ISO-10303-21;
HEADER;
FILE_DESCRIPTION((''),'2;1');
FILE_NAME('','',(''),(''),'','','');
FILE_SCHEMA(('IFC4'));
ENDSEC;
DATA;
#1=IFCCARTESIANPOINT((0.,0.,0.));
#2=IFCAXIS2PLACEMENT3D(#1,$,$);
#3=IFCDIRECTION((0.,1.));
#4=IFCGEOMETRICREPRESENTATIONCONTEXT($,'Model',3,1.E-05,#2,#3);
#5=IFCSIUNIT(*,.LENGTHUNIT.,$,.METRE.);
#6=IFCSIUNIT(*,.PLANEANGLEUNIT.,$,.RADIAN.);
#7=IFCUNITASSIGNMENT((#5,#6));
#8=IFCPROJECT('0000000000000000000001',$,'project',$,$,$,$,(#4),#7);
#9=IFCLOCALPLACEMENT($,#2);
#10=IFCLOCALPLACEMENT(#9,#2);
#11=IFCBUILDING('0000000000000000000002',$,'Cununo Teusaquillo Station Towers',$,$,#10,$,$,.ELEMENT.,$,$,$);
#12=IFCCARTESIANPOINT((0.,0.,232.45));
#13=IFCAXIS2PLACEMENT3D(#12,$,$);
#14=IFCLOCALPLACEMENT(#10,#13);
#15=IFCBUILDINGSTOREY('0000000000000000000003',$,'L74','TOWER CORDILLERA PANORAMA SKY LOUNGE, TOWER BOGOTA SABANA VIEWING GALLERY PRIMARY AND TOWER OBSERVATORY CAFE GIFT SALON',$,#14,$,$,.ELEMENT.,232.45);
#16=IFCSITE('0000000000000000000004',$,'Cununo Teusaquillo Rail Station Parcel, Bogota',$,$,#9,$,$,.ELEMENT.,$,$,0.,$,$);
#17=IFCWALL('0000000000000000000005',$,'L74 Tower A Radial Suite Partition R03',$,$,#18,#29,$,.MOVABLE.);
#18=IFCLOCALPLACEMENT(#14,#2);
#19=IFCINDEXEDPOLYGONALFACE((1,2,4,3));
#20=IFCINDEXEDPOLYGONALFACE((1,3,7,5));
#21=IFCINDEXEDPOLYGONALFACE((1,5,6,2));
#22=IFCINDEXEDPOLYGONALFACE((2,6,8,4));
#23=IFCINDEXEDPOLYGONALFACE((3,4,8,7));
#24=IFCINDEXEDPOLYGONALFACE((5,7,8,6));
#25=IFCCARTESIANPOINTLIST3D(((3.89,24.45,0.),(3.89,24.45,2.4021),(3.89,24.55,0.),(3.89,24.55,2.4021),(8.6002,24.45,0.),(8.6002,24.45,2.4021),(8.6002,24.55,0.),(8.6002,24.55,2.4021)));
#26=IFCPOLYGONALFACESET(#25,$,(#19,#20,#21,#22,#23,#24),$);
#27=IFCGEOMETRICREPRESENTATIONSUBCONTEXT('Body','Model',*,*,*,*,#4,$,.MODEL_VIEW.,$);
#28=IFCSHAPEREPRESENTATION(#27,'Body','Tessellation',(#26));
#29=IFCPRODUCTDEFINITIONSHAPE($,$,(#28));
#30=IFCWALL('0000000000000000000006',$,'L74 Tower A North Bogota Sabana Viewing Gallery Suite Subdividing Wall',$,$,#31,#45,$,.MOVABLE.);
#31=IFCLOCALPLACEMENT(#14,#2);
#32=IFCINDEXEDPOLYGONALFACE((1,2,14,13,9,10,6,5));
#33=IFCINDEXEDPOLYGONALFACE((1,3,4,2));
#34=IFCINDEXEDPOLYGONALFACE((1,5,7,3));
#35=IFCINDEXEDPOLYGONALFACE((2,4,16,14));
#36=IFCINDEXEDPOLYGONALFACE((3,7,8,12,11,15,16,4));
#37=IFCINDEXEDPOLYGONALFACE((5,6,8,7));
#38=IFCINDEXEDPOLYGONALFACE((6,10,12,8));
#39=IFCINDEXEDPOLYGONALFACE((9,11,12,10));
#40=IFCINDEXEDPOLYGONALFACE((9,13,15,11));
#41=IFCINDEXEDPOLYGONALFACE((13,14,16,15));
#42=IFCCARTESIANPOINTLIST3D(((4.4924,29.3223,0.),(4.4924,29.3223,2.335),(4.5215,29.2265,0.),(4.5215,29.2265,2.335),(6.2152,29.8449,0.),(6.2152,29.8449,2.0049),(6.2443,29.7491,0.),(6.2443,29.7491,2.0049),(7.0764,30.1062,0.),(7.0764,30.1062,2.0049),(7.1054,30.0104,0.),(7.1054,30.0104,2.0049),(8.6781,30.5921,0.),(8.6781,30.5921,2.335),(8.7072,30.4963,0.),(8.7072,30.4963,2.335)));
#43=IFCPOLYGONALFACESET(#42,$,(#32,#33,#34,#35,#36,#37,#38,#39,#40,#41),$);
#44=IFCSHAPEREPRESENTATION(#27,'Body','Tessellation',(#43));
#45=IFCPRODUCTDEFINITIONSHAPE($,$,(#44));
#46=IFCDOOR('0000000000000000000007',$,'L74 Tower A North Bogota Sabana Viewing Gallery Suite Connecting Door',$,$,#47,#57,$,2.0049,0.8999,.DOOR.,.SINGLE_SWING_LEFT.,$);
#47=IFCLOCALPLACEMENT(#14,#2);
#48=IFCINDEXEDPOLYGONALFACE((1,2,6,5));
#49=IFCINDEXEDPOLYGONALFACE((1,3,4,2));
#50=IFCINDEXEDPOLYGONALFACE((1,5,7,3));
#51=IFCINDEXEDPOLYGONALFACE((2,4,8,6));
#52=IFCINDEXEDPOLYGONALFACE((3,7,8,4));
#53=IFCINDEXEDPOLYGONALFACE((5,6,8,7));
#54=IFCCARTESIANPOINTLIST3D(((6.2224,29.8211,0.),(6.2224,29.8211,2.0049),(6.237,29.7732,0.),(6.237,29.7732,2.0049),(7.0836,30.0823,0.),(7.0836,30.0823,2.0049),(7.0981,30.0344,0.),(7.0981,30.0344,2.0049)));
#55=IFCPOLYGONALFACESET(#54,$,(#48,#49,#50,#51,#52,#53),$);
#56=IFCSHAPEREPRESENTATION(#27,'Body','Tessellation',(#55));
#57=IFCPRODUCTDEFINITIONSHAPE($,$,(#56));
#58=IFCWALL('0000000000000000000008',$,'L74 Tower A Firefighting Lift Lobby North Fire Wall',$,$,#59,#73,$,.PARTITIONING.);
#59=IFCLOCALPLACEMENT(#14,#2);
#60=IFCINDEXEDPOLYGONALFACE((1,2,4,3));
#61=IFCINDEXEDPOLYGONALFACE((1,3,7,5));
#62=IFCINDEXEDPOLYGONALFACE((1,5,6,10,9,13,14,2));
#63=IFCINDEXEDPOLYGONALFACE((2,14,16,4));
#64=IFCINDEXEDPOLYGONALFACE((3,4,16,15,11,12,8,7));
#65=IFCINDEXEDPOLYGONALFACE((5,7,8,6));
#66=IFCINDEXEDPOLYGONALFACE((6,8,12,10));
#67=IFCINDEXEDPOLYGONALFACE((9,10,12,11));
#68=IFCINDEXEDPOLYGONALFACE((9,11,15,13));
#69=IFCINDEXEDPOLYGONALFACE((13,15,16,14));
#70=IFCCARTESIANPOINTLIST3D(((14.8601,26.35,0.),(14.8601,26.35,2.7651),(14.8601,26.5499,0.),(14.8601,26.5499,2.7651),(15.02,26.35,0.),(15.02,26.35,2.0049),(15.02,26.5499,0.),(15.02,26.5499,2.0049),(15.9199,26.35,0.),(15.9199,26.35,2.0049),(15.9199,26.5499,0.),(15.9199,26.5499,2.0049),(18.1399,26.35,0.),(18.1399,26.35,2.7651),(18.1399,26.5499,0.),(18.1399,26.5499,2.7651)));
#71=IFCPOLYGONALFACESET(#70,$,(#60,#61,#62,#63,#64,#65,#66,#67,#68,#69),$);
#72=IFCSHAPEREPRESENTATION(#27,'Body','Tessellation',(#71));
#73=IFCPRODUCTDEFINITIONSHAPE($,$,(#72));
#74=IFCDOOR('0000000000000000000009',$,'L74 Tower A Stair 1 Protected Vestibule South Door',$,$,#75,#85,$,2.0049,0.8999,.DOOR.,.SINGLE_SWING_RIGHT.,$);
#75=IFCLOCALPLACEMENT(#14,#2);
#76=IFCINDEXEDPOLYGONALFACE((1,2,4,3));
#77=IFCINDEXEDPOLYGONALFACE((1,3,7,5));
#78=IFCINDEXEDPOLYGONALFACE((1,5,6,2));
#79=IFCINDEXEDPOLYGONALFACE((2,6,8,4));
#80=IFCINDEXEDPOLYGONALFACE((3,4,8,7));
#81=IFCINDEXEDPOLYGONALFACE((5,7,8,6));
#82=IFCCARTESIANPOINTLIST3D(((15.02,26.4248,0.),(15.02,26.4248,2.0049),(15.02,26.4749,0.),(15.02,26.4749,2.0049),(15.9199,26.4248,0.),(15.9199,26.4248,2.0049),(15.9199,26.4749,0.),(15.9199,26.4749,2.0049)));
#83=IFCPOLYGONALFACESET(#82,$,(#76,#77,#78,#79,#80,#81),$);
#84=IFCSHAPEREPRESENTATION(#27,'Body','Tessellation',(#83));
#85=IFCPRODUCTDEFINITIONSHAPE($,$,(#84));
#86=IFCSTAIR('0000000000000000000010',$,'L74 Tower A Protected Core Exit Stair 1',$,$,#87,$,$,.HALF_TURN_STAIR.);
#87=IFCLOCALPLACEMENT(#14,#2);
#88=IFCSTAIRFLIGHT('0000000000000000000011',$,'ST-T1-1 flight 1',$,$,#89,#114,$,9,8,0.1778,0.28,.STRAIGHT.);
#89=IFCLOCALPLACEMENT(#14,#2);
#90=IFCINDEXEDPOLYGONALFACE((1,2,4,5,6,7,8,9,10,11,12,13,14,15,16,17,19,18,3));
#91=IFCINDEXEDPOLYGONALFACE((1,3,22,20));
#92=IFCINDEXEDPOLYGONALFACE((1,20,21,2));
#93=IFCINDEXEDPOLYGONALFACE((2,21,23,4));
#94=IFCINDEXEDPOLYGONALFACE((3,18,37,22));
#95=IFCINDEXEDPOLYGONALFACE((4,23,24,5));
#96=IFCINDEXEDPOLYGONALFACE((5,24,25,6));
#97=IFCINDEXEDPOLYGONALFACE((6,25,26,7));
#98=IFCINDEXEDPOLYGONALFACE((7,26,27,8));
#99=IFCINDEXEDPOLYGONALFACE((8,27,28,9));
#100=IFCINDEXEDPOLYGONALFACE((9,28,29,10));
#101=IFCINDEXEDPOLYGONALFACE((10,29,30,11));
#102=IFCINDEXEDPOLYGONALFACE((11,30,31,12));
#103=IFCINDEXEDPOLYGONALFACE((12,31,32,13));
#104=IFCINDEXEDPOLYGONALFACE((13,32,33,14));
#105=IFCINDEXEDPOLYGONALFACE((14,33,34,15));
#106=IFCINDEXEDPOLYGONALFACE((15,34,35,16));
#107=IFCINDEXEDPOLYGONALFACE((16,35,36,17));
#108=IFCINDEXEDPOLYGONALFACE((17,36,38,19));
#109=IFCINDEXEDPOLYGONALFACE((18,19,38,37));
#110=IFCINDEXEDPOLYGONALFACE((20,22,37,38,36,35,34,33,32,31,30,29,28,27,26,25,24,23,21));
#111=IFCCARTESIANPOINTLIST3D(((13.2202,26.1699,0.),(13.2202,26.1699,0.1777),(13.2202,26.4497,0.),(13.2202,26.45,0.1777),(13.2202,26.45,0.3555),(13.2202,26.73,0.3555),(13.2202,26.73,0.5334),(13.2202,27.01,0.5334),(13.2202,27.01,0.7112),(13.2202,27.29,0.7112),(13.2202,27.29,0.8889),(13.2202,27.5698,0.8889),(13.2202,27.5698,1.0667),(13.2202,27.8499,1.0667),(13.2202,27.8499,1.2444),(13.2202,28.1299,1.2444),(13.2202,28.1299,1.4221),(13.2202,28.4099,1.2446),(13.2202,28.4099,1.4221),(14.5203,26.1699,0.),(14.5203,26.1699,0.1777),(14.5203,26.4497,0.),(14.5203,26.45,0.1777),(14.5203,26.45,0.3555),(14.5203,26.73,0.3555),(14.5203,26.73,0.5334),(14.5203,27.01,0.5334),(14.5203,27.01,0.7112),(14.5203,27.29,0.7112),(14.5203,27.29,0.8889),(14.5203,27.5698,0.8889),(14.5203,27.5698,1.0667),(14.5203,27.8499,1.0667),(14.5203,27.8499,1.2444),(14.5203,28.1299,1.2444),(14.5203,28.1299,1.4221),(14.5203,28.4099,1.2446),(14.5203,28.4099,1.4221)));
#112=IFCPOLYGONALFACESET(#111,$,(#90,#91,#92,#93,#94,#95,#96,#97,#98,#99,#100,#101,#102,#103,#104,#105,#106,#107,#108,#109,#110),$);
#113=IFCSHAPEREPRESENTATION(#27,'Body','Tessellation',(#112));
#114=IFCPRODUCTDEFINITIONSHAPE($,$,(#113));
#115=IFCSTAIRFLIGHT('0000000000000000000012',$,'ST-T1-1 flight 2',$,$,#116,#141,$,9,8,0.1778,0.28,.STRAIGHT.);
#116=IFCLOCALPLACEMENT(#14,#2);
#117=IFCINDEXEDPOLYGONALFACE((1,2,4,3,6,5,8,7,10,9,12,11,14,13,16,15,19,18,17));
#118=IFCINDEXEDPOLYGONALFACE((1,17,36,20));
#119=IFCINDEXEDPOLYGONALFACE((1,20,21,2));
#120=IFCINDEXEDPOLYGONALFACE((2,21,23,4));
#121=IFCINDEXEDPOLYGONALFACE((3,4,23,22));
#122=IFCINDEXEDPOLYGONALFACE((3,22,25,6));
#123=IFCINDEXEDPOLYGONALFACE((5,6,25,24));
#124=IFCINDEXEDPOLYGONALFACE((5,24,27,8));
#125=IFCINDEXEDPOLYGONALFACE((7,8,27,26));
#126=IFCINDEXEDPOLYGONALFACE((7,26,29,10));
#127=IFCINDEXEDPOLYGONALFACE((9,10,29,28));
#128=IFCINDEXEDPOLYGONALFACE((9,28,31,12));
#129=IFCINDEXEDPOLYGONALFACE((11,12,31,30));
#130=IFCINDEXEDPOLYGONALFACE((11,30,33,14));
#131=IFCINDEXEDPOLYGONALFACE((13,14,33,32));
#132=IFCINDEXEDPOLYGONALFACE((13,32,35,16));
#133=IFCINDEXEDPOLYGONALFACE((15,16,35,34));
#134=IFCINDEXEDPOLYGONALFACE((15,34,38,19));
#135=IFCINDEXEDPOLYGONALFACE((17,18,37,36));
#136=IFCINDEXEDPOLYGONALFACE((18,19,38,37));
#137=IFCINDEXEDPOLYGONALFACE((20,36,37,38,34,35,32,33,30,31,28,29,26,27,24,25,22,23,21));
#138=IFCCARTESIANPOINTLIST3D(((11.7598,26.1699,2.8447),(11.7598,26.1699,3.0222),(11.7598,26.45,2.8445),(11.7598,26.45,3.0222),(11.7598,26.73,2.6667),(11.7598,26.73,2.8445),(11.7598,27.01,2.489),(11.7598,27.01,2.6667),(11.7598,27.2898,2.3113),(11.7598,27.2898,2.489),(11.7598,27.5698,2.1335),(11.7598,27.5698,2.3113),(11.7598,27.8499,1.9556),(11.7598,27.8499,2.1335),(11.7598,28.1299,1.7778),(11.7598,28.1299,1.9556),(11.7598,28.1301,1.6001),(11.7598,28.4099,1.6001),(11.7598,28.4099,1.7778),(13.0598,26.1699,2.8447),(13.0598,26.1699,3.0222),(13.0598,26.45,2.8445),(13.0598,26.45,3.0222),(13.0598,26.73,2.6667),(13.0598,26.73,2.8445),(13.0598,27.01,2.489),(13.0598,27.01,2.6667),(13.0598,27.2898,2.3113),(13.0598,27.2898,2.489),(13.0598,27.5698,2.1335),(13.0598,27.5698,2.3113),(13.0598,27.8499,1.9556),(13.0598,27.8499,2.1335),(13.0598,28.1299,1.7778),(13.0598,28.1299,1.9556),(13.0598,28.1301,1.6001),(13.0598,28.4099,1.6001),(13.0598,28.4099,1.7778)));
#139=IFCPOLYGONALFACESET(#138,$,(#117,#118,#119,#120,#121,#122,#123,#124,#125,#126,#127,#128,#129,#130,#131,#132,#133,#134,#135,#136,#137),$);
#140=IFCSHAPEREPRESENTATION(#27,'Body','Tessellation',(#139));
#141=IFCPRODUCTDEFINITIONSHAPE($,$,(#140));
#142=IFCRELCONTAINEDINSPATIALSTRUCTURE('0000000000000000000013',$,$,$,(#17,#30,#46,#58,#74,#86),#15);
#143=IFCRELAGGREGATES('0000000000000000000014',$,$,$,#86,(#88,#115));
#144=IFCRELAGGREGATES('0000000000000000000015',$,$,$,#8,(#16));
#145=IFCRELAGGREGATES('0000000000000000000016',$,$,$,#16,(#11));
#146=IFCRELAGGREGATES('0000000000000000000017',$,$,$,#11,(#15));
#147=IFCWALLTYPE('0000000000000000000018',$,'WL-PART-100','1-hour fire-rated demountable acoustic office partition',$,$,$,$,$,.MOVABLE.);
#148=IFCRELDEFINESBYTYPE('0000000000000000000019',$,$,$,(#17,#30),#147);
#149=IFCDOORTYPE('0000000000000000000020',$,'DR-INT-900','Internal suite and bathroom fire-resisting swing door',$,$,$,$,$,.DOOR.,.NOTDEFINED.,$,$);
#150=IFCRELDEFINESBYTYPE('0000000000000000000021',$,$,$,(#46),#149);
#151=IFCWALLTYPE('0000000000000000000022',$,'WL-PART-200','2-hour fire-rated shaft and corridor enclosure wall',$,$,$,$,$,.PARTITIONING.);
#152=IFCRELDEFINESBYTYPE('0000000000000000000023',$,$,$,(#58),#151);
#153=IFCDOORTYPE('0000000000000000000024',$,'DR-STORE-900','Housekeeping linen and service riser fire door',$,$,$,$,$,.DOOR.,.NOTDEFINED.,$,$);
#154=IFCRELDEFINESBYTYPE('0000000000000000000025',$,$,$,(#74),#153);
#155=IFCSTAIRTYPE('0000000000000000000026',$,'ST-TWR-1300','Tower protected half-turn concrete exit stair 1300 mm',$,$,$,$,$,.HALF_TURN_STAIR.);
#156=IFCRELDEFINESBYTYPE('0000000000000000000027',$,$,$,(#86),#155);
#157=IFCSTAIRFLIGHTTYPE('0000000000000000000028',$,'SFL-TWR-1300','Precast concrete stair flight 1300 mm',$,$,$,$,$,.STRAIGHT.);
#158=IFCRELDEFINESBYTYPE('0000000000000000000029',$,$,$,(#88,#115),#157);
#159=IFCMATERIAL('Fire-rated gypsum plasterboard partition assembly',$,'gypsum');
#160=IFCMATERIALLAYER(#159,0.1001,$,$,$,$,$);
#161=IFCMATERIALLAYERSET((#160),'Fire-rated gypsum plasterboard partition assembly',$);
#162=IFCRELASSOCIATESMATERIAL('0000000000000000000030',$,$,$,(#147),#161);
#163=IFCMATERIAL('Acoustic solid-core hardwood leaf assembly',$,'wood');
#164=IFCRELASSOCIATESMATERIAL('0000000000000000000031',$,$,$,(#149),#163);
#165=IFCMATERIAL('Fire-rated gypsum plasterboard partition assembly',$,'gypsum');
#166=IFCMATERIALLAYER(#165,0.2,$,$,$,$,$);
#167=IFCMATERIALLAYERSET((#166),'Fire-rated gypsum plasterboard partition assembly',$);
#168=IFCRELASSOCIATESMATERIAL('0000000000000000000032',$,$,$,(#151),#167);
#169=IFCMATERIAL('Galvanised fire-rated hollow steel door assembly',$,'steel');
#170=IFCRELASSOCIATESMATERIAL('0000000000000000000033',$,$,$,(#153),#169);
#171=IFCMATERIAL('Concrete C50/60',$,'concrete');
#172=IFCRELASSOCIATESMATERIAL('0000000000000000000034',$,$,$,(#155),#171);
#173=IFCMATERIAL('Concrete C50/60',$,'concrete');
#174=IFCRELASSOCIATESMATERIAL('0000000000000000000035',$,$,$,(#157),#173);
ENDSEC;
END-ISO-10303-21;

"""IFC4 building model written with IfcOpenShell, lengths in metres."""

from ifc_helpers import new_model, si_unit, direction, frame, frame_2d, origin, place, context, subcontext, project, spatial, polyline, rectangle, outline, extrude, source, transform, mapped, material, layer, layer_set, type_object, element, fill, aggregate, save


model = new_model("IFC4")

# Units and contexts
model_context = context("Model", 3, precision=1e-05, world=origin(), true_north=direction((0.0, 1.0)))
body_context = subcontext(model_context, "Body", "Model", "MODEL_VIEW")
ifc_project = project(units=[si_unit("LENGTHUNIT", "METRE"), si_unit("PLANEANGLEUNIT", "RADIAN")], contexts=[model_context])

# Site, building, storey
site_placement = place(None, origin())
site = spatial("IfcSite", under=ifc_project, at=site_placement, Name="Cununo Teusaquillo Rail Station Parcel, Bogota", CompositionType="ELEMENT", RefElevation=0.0)
building_placement = place(site_placement, origin())
building = spatial("IfcBuilding", under=site, at=building_placement, Name="Cununo Teusaquillo Station Towers", CompositionType="ELEMENT")
storey_placement = place(building_placement, frame((0.0, 0.0, 232.45)))
storey = spatial("IfcBuildingStorey", under=building, at=storey_placement, Name="L74", Description="TOWER CORDILLERA PANORAMA SKY LOUNGE, TOWER BOGOTA SABANA VIEWING GALLERY PRIMARY AND TOWER OBSERVATORY CAFE GIFT SALON", CompositionType="ELEMENT", Elevation=232.45)

# Shared definitions
ifc_material_1 = material(Name="Fire-rated gypsum plasterboard partition assembly", Category="gypsum")
ifc_layer_1 = layer(ifc_material_1, 0.1001)
ifc_layer_set_1 = layer_set([ifc_layer_1], Name="Fire-rated gypsum plasterboard partition assembly")
wall_type_1 = type_object("IfcWallType", Name="WL-PART-100", Description="1-hour fire-rated demountable acoustic office partition", PredefinedType="MOVABLE", material=ifc_layer_set_1)

# Wall
wall_1_placement = place(storey_placement, frame((8.6001, 24.5, 0.0), z_axis=(0.0, 0.0, 1.0), x_axis=(-1.0, 0.0, 0.0)))
element("IfcWall", 1, at=wall_1_placement, inside=storey, type_object=wall_type_1, Name="L74 Tower A Radial Suite Partition R03", PredefinedType="MOVABLE", context=body_context, shape_type="SweptSolid", body=[
    extrude(rectangle(XDim=4.7102, YDim=0.1001, at=frame_2d((2.355, 0.0))), origin(), (0.0, 0.0, 1.0), 2.4021),
])

# Walls, openings, doors
wall_2_placement = place(storey_placement, frame((8.6926, 30.5442, 0.0), z_axis=(0.0, 0.0, 1.0), x_axis=(-0.956934, -0.290306, 0.0)))
wall_2 = element("IfcWall", 2, at=wall_2_placement, inside=storey, type_object=wall_type_1, Name="L74 Tower A North Bogota Sabana Viewing Gallery Suite Subdividing Wall", PredefinedType="MOVABLE", context=body_context, shape_type="SweptSolid", body=[
    extrude(rectangle(XDim=4.374, YDim=0.1001, at=frame_2d((2.187, 0.0))), origin(), (0.0, 0.0, 1.0), 2.335),
])
shared_shape_1 = source(origin(), body_context, "Body", "SweptSolid", [
    extrude(rectangle(XDim=0.8999, YDim=2.0049, at=frame_2d((0.45, 1.0024))), frame((0.0, 0.0601, 0.0), z_axis=(0.0, -1.0, 0.0), x_axis=(1.0, 0.0, 0.0)), (0.0, 0.0, 1.0), 0.1201),
])
opening_1_placement = place(wall_2_placement, frame((1.6738, 0.0, 0.0)))
opening_1 = element("IfcOpeningElement", 3, at=opening_1_placement, cuts=wall_2, PredefinedType="OPENING", context=body_context, shape_type="MappedRepresentation", body=[
    mapped(shared_shape_1, transform((0.0, 0.0, 0.0), x_axis=(1.0, 0.0, 0.0), y_axis=(0.0, 1.0, 0.0), z_axis=(0.0, 0.0, 1.0), scale=1.0)),
])
ifc_material_2 = material(Name="Acoustic solid-core hardwood leaf assembly", Category="wood")
door_type_1 = type_object("IfcDoorType", Name="DR-INT-900", Description="Internal suite and bathroom fire-resisting swing door", OperationType="NOTDEFINED", PredefinedType="DOOR", material=ifc_material_2)
shared_shape_2 = source(origin(), body_context, "Body", "SweptSolid", [
    extrude(rectangle(XDim=0.8999, YDim=2.0049, at=frame_2d((0.45, 1.0024))), frame((0.0, 0.0249, 0.0), z_axis=(0.0, -1.0, 0.0), x_axis=(1.0, 0.0, 0.0)), (0.0, 0.0, 1.0), 0.05),
])
door_1_placement = place(opening_1_placement, origin())
door_1 = element("IfcDoor", 4, at=door_1_placement, inside=storey, type_object=door_type_1, Name="L74 Tower A North Bogota Sabana Viewing Gallery Suite Connecting Door", OperationType="SINGLE_SWING_LEFT", OverallHeight=2.0049, OverallWidth=0.8999, PredefinedType="DOOR", context=body_context, shape_type="MappedRepresentation", body=[
    mapped(shared_shape_2, transform((0.0, 0.0, 0.0), x_axis=(1.0, 0.0, 0.0), y_axis=(0.0, 1.0, 0.0), z_axis=(0.0, 0.0, 1.0), scale=1.0)),
])
fill(opening_1, door_1)
ifc_material_3 = material(Name="Fire-rated gypsum plasterboard partition assembly", Category="gypsum")
ifc_layer_2 = layer(ifc_material_3, 0.2)
ifc_layer_set_2 = layer_set([ifc_layer_2], Name="Fire-rated gypsum plasterboard partition assembly")
wall_type_2 = type_object("IfcWallType", Name="WL-PART-200", Description="2-hour fire-rated shaft and corridor enclosure wall", PredefinedType="PARTITIONING", material=ifc_layer_set_2)
wall_3_placement = place(storey_placement, frame((14.8601, 26.45, 0.0), z_axis=(0.0, 0.0, 1.0), x_axis=(1.0, 0.0, 0.0)))
wall_3 = element("IfcWall", 5, at=wall_3_placement, inside=storey, type_object=wall_type_2, Name="L74 Tower A Firefighting Lift Lobby North Fire Wall", PredefinedType="PARTITIONING", context=body_context, shape_type="SweptSolid", body=[
    extrude(rectangle(XDim=3.2798, YDim=0.2, at=frame_2d((1.6399, 0.0))), origin(), (0.0, 0.0, 1.0), 2.7651),
])
shared_shape_3 = source(origin(), body_context, "Body", "SweptSolid", [
    extrude(rectangle(XDim=0.8999, YDim=2.0049, at=frame_2d((0.45, 1.0024))), frame((0.0, 0.1099, 0.0), z_axis=(0.0, -1.0, 0.0), x_axis=(1.0, 0.0, 0.0)), (0.0, 0.0, 1.0), 0.22),
])
opening_2_placement = place(wall_3_placement, frame((0.1599, 0.0, 0.0)))
opening_2 = element("IfcOpeningElement", 6, at=opening_2_placement, cuts=wall_3, PredefinedType="OPENING", context=body_context, shape_type="MappedRepresentation", body=[
    mapped(shared_shape_3, transform((0.0, 0.0, 0.0), x_axis=(1.0, 0.0, 0.0), y_axis=(0.0, 1.0, 0.0), z_axis=(0.0, 0.0, 1.0), scale=1.0)),
])
ifc_material_4 = material(Name="Galvanised fire-rated hollow steel door assembly", Category="steel")
door_type_2 = type_object("IfcDoorType", Name="DR-STORE-900", Description="Housekeeping linen and service riser fire door", OperationType="NOTDEFINED", PredefinedType="DOOR", material=ifc_material_4)
door_2_placement = place(opening_2_placement, origin())
door_2 = element("IfcDoor", 7, at=door_2_placement, inside=storey, type_object=door_type_2, Name="L74 Tower A Stair 1 Protected Vestibule South Door", OperationType="SINGLE_SWING_RIGHT", OverallHeight=2.0049, OverallWidth=0.8999, PredefinedType="DOOR", context=body_context, shape_type="MappedRepresentation", body=[
    mapped(shared_shape_2, transform((0.0, 0.0, 0.0), x_axis=(1.0, 0.0, 0.0), y_axis=(0.0, 1.0, 0.0), z_axis=(0.0, 0.0, 1.0), scale=1.0)),
])
fill(opening_2, door_2)

# Stair, stair flights
ifc_material_5 = material(Name="Concrete C50/60", Category="concrete")
stair_type = type_object("IfcStairType", Name="ST-TWR-1300", Description="Tower protected half-turn concrete exit stair 1300 mm", PredefinedType="HALF_TURN_STAIR", material=ifc_material_5)
stair_placement = place(storey_placement, origin())
stair = element("IfcStair", 8, at=stair_placement, inside=storey, type_object=stair_type, Name="L74 Tower A Protected Core Exit Stair 1", PredefinedType="HALF_TURN_STAIR")
ifc_material_6 = material(Name="Concrete C50/60", Category="concrete")
stair_flight_type = type_object("IfcStairFlightType", Name="SFL-TWR-1300", Description="Precast concrete stair flight 1300 mm", PredefinedType="STRAIGHT", material=ifc_material_6)
stair_flight_1_placement = place(storey_placement, frame((13.8701, 26.1699, 0.0), z_axis=(0.0, 0.0, 1.0), x_axis=(0.0, 1.0, 0.0)))
stair_flight_1 = element("IfcStairFlight", 9, at=stair_flight_1_placement, type_object=stair_flight_type, Name="ST-T1-1 flight 1", NumberOfRisers=9, NumberOfTreads=8, PredefinedType="STRAIGHT", RiserHeight=0.1778, TreadLength=0.28, context=body_context, shape_type="SweptSolid", body=[
    extrude(outline(polyline([(0.0, 0.0), (0.0, 0.1777), (0.28, 0.1777), (0.28, 0.3555), (0.5601, 0.3555), (0.5601, 0.5334), (0.8401, 0.5334), (0.8401, 0.7112), (1.1201, 0.7112), (1.1201, 0.8889), (1.3999, 0.8889), (1.3999, 1.0667), (1.6799, 1.0667), (1.6799, 1.2444), (1.96, 1.2444), (1.96, 1.4221), (2.24, 1.4221), (2.24, 1.6001), (2.24, 1.2446), (0.2798, 0.0), (0.0, 0.0)])), frame((0.0, 0.6499, 0.0), z_axis=(0.0, -1.0, 0.0), x_axis=(1.0, 0.0, 0.0)), (0.0, 0.0, 1.0), 1.3),
])
stair_flight_2_placement = place(storey_placement, frame((12.4099, 28.4099, 1.6001), z_axis=(0.0, 0.0, 1.0), x_axis=(0.0, -1.0, 0.0)))
stair_flight_2 = element("IfcStairFlight", 10, at=stair_flight_2_placement, type_object=stair_flight_type, Name="ST-T1-1 flight 2", NumberOfRisers=9, NumberOfTreads=8, PredefinedType="STRAIGHT", RiserHeight=0.1778, TreadLength=0.28, context=body_context, shape_type="SweptSolid", body=[
    extrude(outline(polyline([(0.0, 0.0), (0.0, 0.1777), (0.28, 0.1777), (0.28, 0.3555), (0.5601, 0.3555), (0.5601, 0.5334), (0.8401, 0.5334), (0.8401, 0.7112), (1.1201, 0.7112), (1.1201, 0.8889), (1.3999, 0.8889), (1.3999, 1.0667), (1.6799, 1.0667), (1.6799, 1.2444), (1.96, 1.2444), (1.96, 1.4221), (2.24, 1.4221), (2.24, 1.6001), (2.24, 1.2446), (0.2798, 0.0), (0.0, 0.0)])), frame((0.0, 0.6499, 0.0), z_axis=(0.0, -1.0, 0.0), x_axis=(1.0, 0.0, 0.0)), (0.0, 0.0, 1.0), 1.3),
])
aggregate(stair, [stair_flight_1, stair_flight_2])

save(model, "model.ifc")
